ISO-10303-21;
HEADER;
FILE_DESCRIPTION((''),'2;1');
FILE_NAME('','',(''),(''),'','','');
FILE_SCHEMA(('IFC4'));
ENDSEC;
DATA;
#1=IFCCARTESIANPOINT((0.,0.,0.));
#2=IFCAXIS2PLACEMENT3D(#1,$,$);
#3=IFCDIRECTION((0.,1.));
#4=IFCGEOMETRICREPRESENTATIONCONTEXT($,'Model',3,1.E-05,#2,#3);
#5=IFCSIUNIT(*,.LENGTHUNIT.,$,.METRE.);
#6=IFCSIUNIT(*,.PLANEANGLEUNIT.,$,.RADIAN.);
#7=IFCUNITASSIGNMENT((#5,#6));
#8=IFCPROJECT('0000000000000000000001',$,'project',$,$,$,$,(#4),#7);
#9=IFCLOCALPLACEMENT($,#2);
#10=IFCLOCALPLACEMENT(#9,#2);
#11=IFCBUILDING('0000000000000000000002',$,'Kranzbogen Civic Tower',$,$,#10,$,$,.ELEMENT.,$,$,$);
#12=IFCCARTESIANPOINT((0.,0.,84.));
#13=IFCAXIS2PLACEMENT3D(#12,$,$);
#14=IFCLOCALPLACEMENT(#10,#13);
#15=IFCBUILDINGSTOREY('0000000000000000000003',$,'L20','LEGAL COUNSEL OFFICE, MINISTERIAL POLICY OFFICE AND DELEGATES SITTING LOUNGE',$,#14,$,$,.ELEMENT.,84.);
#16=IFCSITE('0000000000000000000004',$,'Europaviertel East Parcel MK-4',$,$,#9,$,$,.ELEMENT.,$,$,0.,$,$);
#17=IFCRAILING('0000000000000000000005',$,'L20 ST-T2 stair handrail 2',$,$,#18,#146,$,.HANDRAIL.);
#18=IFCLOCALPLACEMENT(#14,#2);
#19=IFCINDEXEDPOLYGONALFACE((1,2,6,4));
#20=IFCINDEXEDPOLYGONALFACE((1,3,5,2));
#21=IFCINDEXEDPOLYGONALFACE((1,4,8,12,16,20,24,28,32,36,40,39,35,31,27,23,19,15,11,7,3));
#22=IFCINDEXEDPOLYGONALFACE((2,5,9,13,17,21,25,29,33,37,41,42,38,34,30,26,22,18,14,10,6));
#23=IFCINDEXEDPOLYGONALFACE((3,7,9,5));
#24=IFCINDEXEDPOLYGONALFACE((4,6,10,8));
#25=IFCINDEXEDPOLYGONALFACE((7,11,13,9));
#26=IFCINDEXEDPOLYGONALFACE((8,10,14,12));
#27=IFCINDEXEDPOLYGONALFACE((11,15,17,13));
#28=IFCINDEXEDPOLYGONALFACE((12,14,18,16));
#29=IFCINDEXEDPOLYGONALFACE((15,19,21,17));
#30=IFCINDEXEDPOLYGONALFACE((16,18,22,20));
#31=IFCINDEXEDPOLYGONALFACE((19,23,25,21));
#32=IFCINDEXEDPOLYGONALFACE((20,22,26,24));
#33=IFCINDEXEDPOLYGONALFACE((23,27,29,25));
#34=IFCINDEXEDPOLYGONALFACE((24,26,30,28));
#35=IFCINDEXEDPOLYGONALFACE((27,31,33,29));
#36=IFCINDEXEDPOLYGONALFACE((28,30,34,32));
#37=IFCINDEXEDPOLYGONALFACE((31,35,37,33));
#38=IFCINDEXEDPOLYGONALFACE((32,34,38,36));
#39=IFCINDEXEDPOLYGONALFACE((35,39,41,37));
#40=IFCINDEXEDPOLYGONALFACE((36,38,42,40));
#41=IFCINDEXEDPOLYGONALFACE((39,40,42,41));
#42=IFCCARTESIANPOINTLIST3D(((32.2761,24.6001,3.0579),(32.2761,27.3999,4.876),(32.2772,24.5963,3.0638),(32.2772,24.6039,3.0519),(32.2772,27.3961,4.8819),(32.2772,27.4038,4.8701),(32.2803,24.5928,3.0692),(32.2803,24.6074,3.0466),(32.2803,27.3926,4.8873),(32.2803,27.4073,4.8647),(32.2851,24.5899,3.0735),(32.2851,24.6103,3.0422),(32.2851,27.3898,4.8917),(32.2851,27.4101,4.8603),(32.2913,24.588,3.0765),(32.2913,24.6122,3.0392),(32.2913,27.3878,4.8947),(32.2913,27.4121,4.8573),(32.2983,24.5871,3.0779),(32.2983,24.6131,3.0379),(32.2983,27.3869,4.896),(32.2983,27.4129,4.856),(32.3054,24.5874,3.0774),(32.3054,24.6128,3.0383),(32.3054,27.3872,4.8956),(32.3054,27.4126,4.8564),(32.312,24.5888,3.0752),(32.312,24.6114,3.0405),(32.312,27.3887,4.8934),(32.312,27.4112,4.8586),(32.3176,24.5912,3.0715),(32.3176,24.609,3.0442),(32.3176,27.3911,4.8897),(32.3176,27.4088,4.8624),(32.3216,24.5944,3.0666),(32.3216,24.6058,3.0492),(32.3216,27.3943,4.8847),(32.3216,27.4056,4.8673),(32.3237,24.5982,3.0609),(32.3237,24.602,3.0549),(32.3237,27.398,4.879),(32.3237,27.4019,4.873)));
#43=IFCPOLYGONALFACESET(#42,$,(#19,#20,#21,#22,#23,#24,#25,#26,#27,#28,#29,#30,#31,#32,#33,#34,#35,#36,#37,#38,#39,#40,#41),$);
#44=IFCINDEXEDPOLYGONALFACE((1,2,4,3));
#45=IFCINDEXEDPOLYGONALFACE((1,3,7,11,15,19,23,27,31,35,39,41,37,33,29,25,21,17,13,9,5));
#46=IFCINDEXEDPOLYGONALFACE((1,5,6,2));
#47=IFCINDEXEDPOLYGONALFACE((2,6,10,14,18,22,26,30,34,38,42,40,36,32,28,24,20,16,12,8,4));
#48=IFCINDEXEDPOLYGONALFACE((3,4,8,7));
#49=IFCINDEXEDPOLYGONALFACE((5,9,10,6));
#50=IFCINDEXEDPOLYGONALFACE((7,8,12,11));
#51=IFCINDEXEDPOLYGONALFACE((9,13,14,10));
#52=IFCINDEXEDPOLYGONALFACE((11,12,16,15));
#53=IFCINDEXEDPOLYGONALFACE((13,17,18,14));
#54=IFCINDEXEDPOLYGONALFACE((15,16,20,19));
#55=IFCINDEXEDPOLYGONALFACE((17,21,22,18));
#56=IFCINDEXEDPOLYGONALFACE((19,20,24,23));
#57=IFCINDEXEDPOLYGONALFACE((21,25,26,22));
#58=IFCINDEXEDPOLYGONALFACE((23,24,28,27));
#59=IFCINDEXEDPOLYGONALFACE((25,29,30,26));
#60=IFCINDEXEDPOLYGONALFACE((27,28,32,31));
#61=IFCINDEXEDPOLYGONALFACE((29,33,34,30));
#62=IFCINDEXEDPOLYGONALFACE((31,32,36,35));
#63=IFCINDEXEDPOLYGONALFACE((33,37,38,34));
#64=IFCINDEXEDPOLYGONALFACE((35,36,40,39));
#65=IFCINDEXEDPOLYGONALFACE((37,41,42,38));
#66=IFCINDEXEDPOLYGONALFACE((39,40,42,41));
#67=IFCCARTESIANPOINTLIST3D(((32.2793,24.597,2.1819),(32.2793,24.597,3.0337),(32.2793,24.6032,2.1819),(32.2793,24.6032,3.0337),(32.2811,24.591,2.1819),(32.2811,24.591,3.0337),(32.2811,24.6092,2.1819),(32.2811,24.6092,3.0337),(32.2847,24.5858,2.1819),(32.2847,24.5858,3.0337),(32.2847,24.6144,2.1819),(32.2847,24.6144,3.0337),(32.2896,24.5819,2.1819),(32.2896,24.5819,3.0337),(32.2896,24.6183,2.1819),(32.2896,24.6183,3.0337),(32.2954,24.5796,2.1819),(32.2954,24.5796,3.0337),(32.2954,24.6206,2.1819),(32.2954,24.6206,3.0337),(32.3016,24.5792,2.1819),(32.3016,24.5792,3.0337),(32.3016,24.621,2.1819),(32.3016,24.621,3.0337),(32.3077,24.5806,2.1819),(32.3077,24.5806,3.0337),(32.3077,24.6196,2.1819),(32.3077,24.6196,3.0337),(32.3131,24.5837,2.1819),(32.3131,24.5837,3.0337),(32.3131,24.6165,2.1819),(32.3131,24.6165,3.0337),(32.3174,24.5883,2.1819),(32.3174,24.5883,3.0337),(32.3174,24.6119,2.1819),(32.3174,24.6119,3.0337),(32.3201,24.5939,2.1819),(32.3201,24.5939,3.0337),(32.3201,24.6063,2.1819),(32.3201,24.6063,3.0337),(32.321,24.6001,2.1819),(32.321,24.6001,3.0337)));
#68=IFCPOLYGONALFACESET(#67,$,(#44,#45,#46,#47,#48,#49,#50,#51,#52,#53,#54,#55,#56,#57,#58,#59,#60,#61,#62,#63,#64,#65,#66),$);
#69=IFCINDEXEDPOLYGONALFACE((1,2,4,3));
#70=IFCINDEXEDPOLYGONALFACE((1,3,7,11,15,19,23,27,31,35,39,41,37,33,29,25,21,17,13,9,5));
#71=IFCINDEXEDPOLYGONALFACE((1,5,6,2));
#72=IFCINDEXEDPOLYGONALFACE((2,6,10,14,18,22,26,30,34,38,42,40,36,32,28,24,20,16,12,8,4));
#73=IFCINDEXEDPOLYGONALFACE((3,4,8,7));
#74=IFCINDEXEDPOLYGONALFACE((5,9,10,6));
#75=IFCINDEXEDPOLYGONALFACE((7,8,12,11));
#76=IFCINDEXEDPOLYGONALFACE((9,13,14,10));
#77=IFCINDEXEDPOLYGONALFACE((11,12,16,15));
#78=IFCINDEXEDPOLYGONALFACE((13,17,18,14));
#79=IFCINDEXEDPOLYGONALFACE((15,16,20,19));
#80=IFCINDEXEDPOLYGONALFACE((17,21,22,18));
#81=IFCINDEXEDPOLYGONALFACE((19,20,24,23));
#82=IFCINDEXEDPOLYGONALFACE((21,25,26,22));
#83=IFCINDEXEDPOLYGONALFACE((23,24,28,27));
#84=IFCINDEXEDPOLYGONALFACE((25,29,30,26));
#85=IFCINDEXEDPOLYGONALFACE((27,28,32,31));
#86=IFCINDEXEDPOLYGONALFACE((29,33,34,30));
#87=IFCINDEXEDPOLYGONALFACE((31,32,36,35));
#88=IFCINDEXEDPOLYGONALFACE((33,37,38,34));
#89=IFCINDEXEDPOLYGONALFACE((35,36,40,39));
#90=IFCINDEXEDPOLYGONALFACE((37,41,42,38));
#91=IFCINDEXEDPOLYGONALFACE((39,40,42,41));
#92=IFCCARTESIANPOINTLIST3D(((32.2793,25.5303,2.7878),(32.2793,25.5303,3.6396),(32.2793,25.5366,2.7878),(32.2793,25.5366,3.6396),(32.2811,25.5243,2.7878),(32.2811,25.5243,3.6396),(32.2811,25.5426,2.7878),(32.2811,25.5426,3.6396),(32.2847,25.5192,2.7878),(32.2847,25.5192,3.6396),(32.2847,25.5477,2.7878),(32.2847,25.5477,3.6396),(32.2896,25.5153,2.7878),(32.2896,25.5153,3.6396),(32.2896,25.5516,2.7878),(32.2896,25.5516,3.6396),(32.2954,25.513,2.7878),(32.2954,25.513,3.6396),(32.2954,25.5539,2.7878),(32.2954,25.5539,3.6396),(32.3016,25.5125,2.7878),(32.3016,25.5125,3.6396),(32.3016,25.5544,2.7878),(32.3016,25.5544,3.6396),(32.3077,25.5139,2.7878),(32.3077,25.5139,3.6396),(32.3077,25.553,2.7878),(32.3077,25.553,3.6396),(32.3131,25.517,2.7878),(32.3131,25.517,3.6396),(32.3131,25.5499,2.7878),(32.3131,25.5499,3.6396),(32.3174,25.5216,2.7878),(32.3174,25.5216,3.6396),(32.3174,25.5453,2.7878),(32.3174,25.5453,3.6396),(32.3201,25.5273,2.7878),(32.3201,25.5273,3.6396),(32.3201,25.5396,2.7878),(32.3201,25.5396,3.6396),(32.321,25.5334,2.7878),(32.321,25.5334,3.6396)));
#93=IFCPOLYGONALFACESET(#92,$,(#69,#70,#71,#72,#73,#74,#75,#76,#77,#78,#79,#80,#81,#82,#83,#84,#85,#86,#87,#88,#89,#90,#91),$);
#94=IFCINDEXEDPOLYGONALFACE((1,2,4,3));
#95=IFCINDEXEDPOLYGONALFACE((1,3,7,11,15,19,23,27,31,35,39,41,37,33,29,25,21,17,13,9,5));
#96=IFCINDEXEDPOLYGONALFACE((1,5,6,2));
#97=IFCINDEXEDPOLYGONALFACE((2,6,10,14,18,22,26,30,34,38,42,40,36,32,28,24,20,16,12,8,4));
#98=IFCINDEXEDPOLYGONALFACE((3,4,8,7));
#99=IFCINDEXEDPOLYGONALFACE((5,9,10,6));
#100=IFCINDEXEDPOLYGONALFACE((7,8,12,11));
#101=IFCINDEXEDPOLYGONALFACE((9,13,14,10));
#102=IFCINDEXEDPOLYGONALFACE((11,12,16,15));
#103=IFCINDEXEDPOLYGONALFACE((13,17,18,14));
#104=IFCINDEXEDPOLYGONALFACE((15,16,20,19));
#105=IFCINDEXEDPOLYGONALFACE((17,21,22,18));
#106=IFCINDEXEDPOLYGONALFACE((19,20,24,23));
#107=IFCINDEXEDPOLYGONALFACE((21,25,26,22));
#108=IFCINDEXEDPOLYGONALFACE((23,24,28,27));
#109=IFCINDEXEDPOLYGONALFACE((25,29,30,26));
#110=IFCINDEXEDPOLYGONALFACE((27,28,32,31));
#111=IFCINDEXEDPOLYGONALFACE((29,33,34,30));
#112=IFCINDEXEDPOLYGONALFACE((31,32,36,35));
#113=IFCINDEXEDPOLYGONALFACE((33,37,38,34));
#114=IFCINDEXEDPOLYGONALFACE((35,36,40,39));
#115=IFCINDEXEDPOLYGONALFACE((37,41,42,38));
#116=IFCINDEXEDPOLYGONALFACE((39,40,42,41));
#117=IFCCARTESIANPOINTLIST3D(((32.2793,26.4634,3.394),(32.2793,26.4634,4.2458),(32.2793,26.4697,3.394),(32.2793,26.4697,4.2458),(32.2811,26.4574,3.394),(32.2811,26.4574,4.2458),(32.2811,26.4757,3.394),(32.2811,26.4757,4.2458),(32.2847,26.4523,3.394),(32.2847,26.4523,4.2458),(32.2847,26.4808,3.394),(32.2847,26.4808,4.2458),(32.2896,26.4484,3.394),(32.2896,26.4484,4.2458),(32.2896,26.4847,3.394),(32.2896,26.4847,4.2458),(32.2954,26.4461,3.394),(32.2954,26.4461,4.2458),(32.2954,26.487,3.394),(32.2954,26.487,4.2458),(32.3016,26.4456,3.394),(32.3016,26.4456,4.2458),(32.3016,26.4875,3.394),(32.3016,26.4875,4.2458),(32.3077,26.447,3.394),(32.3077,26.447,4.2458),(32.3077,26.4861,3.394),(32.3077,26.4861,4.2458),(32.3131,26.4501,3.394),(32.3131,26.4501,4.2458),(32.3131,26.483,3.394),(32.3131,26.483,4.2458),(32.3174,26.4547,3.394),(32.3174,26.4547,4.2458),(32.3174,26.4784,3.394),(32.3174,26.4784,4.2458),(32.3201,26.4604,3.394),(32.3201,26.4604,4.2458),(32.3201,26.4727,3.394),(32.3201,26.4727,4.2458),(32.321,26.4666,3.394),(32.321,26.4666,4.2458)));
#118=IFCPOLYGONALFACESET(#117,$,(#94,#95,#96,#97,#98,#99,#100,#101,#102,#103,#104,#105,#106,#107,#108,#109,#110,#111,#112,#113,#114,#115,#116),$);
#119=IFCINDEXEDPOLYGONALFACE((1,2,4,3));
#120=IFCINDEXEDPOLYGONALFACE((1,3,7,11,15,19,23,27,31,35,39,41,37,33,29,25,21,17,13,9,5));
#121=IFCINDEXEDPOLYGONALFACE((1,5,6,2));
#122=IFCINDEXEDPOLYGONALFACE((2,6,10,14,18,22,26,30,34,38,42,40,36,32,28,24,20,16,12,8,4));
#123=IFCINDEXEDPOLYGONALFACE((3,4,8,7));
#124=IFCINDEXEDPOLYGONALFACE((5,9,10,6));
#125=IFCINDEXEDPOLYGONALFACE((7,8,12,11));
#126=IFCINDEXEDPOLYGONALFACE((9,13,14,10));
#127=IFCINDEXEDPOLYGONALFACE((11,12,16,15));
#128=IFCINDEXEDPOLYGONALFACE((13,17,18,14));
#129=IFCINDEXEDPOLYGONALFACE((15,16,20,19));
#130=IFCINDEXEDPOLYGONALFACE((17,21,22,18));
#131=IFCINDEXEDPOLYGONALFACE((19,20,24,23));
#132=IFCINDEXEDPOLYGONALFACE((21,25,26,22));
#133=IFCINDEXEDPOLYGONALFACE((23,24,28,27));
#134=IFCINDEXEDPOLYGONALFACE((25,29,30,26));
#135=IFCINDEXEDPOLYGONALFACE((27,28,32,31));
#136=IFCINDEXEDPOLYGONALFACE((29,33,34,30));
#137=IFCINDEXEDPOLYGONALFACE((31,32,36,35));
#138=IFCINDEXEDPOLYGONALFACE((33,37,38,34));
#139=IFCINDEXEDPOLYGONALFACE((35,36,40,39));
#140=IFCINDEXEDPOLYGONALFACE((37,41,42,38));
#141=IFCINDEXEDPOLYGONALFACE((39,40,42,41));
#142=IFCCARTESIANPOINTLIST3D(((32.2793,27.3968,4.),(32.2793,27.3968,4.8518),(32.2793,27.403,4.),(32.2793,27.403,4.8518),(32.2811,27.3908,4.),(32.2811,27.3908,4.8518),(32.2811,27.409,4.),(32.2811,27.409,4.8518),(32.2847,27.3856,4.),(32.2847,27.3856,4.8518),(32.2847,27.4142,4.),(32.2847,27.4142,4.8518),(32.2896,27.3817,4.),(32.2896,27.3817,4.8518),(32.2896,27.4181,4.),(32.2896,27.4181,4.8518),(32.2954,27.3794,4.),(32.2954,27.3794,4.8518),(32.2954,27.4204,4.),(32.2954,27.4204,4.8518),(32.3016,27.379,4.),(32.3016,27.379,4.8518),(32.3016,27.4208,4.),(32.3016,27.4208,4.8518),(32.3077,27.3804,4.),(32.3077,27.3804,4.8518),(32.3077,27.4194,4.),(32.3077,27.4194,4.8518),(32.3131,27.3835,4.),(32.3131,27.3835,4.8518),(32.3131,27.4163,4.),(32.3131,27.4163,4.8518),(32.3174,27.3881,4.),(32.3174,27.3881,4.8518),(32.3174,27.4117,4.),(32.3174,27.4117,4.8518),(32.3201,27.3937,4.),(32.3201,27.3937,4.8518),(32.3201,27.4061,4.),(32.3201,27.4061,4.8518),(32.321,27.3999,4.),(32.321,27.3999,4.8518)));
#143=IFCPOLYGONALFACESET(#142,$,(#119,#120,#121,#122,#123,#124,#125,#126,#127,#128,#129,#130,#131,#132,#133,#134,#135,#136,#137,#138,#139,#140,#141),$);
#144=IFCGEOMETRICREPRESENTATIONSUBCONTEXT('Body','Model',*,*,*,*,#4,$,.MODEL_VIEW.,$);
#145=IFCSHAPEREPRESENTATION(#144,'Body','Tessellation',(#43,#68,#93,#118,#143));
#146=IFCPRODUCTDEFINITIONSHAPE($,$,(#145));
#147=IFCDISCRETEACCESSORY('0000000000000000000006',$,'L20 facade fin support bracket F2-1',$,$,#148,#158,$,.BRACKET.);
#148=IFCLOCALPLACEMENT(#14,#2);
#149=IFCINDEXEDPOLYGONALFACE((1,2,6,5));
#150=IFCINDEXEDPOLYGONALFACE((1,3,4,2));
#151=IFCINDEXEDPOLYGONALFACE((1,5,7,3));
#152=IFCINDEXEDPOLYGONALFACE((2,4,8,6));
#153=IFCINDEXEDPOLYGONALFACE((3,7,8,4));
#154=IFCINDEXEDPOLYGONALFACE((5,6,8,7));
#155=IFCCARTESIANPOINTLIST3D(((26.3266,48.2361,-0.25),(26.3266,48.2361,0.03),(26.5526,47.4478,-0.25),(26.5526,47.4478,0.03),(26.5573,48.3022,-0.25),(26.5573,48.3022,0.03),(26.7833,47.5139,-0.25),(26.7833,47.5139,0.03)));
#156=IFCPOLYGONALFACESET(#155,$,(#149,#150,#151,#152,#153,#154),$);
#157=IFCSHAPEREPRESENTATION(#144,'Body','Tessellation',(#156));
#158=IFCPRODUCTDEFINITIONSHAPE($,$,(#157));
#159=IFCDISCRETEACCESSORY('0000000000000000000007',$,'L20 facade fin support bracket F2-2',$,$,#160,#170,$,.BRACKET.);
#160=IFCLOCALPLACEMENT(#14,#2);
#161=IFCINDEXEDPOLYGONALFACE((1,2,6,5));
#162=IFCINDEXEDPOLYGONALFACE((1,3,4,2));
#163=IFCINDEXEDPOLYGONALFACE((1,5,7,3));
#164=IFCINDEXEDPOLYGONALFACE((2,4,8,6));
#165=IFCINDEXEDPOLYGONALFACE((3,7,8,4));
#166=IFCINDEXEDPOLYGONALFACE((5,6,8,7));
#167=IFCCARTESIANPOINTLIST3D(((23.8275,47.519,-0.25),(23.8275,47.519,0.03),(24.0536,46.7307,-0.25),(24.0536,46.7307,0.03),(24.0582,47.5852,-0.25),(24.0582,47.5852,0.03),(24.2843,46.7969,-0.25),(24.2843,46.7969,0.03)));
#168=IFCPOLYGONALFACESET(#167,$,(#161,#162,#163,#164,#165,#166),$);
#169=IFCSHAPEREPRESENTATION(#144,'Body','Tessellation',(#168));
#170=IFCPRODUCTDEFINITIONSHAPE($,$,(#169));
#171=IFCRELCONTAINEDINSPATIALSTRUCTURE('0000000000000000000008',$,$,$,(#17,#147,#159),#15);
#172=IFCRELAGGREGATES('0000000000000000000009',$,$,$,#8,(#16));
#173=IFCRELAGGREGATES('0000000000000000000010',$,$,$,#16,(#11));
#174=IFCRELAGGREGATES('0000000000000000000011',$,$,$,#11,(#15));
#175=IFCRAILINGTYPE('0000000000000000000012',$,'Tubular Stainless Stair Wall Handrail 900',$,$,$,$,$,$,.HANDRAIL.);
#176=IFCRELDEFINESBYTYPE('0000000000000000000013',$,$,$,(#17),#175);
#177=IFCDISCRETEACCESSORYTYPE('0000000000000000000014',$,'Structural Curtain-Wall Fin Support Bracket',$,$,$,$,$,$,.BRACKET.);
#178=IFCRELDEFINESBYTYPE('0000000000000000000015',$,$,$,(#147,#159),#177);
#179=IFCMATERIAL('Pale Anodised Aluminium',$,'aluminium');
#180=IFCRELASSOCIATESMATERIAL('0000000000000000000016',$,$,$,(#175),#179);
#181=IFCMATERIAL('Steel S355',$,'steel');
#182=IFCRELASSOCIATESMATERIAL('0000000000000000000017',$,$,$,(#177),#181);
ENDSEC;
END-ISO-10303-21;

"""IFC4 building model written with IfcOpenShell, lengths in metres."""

from ifc_helpers import new_model, si_unit, direction, frame, origin, origin_2d, place, context, subcontext, project, spatial, rectangle, circle, extrude, material, type_object, element, save


model = new_model("IFC4")

# Units and contexts
model_context = context("Model", 3, precision=1e-05, world=origin(), true_north=direction((0.0, 1.0)))
body_context = subcontext(model_context, "Body", "Model", "MODEL_VIEW")
ifc_project = project(units=[si_unit("LENGTHUNIT", "METRE"), si_unit("PLANEANGLEUNIT", "RADIAN")], contexts=[model_context])

# Site, building, storey
site_placement = place(None, origin())
site = spatial("IfcSite", under=ifc_project, at=site_placement, Name="Europaviertel East Parcel MK-4", CompositionType="ELEMENT", RefElevation=0.0)
building_placement = place(site_placement, origin())
building = spatial("IfcBuilding", under=site, at=building_placement, Name="Kranzbogen Civic Tower", CompositionType="ELEMENT")
storey_placement = place(building_placement, frame((0.0, 0.0, 84.0)))
storey = spatial("IfcBuildingStorey", under=building, at=storey_placement, Name="L20", Description="LEGAL COUNSEL OFFICE, MINISTERIAL POLICY OFFICE AND DELEGATES SITTING LOUNGE", CompositionType="ELEMENT", Elevation=84.0)

# Shared definitions
ifc_material_1 = material(Name="Steel S355", Category="steel")

# Shared definitions
ifc_material_2 = material(Name="Pale Anodised Aluminium", Category="aluminium")

# Railing
railing_type_1 = type_object("IfcRailingType", Name="Tubular Stainless Stair Wall Handrail 900", PredefinedType="HANDRAIL", material=ifc_material_2)
railing_1_placement = place(storey_placement, frame((32.3, 24.6001, 2.1819)))
element("IfcRailing", 1, at=railing_1_placement, inside=storey, type_object=railing_type_1, Name="L20 ST-T2 stair handrail 2", PredefinedType="HANDRAIL", context=body_context, shape_type="SweptSolid", body=[
    extrude(circle(Radius=0.0239, at=origin_2d()), frame((0.0, 0.0, 0.876), z_axis=(0.0, 0.838684, 0.544618), x_axis=(-1.0, 0.0, 0.0)), (0.0, 0.0, 1.0), 3.3384),
    extrude(circle(Radius=0.021, at=origin_2d()), origin(), (0.0, 0.0, 1.0), 0.8518),
    extrude(circle(Radius=0.021, at=origin_2d()), frame((0.0, 0.9333, 0.606)), (0.0, 0.0, 1.0), 0.8518),
    extrude(circle(Radius=0.021, at=origin_2d()), frame((0.0, 1.8665, 1.2122)), (0.0, 0.0, 1.0), 0.8518),
    extrude(circle(Radius=0.021, at=origin_2d()), frame((0.0, 2.7998, 1.8181)), (0.0, 0.0, 1.0), 0.8518),
])

# Discrete accessories
discrete_accessory_type = type_object("IfcDiscreteAccessoryType", Name="Structural Curtain-Wall Fin Support Bracket", PredefinedType="BRACKET", material=ifc_material_1)
for number, where, z_axis, x_axis, name in (
    (2, (26.5549, 47.875, -0.25), (0.0, 0.0, 1.0), (-0.275637, 0.961262, 0.0), "L20 facade fin support bracket F2-1"),
    (3, (24.0559, 47.158, -0.25), (0.0, 0.0, 1.0), (-0.275637, 0.961262, 0.0), "L20 facade fin support bracket F2-2"),
):
    element("IfcDiscreteAccessory", number, at=place(storey_placement, frame(where, z_axis=z_axis, x_axis=x_axis)), inside=storey, type_object=discrete_accessory_type, Name=name, PredefinedType="BRACKET", context=body_context, shape_type="SweptSolid", body=[
        extrude(rectangle(XDim=0.8201, YDim=0.24, at=origin_2d()), origin(), (0.0, 0.0, 1.0), 0.28),
    ])

save(model, "model.ifc")
